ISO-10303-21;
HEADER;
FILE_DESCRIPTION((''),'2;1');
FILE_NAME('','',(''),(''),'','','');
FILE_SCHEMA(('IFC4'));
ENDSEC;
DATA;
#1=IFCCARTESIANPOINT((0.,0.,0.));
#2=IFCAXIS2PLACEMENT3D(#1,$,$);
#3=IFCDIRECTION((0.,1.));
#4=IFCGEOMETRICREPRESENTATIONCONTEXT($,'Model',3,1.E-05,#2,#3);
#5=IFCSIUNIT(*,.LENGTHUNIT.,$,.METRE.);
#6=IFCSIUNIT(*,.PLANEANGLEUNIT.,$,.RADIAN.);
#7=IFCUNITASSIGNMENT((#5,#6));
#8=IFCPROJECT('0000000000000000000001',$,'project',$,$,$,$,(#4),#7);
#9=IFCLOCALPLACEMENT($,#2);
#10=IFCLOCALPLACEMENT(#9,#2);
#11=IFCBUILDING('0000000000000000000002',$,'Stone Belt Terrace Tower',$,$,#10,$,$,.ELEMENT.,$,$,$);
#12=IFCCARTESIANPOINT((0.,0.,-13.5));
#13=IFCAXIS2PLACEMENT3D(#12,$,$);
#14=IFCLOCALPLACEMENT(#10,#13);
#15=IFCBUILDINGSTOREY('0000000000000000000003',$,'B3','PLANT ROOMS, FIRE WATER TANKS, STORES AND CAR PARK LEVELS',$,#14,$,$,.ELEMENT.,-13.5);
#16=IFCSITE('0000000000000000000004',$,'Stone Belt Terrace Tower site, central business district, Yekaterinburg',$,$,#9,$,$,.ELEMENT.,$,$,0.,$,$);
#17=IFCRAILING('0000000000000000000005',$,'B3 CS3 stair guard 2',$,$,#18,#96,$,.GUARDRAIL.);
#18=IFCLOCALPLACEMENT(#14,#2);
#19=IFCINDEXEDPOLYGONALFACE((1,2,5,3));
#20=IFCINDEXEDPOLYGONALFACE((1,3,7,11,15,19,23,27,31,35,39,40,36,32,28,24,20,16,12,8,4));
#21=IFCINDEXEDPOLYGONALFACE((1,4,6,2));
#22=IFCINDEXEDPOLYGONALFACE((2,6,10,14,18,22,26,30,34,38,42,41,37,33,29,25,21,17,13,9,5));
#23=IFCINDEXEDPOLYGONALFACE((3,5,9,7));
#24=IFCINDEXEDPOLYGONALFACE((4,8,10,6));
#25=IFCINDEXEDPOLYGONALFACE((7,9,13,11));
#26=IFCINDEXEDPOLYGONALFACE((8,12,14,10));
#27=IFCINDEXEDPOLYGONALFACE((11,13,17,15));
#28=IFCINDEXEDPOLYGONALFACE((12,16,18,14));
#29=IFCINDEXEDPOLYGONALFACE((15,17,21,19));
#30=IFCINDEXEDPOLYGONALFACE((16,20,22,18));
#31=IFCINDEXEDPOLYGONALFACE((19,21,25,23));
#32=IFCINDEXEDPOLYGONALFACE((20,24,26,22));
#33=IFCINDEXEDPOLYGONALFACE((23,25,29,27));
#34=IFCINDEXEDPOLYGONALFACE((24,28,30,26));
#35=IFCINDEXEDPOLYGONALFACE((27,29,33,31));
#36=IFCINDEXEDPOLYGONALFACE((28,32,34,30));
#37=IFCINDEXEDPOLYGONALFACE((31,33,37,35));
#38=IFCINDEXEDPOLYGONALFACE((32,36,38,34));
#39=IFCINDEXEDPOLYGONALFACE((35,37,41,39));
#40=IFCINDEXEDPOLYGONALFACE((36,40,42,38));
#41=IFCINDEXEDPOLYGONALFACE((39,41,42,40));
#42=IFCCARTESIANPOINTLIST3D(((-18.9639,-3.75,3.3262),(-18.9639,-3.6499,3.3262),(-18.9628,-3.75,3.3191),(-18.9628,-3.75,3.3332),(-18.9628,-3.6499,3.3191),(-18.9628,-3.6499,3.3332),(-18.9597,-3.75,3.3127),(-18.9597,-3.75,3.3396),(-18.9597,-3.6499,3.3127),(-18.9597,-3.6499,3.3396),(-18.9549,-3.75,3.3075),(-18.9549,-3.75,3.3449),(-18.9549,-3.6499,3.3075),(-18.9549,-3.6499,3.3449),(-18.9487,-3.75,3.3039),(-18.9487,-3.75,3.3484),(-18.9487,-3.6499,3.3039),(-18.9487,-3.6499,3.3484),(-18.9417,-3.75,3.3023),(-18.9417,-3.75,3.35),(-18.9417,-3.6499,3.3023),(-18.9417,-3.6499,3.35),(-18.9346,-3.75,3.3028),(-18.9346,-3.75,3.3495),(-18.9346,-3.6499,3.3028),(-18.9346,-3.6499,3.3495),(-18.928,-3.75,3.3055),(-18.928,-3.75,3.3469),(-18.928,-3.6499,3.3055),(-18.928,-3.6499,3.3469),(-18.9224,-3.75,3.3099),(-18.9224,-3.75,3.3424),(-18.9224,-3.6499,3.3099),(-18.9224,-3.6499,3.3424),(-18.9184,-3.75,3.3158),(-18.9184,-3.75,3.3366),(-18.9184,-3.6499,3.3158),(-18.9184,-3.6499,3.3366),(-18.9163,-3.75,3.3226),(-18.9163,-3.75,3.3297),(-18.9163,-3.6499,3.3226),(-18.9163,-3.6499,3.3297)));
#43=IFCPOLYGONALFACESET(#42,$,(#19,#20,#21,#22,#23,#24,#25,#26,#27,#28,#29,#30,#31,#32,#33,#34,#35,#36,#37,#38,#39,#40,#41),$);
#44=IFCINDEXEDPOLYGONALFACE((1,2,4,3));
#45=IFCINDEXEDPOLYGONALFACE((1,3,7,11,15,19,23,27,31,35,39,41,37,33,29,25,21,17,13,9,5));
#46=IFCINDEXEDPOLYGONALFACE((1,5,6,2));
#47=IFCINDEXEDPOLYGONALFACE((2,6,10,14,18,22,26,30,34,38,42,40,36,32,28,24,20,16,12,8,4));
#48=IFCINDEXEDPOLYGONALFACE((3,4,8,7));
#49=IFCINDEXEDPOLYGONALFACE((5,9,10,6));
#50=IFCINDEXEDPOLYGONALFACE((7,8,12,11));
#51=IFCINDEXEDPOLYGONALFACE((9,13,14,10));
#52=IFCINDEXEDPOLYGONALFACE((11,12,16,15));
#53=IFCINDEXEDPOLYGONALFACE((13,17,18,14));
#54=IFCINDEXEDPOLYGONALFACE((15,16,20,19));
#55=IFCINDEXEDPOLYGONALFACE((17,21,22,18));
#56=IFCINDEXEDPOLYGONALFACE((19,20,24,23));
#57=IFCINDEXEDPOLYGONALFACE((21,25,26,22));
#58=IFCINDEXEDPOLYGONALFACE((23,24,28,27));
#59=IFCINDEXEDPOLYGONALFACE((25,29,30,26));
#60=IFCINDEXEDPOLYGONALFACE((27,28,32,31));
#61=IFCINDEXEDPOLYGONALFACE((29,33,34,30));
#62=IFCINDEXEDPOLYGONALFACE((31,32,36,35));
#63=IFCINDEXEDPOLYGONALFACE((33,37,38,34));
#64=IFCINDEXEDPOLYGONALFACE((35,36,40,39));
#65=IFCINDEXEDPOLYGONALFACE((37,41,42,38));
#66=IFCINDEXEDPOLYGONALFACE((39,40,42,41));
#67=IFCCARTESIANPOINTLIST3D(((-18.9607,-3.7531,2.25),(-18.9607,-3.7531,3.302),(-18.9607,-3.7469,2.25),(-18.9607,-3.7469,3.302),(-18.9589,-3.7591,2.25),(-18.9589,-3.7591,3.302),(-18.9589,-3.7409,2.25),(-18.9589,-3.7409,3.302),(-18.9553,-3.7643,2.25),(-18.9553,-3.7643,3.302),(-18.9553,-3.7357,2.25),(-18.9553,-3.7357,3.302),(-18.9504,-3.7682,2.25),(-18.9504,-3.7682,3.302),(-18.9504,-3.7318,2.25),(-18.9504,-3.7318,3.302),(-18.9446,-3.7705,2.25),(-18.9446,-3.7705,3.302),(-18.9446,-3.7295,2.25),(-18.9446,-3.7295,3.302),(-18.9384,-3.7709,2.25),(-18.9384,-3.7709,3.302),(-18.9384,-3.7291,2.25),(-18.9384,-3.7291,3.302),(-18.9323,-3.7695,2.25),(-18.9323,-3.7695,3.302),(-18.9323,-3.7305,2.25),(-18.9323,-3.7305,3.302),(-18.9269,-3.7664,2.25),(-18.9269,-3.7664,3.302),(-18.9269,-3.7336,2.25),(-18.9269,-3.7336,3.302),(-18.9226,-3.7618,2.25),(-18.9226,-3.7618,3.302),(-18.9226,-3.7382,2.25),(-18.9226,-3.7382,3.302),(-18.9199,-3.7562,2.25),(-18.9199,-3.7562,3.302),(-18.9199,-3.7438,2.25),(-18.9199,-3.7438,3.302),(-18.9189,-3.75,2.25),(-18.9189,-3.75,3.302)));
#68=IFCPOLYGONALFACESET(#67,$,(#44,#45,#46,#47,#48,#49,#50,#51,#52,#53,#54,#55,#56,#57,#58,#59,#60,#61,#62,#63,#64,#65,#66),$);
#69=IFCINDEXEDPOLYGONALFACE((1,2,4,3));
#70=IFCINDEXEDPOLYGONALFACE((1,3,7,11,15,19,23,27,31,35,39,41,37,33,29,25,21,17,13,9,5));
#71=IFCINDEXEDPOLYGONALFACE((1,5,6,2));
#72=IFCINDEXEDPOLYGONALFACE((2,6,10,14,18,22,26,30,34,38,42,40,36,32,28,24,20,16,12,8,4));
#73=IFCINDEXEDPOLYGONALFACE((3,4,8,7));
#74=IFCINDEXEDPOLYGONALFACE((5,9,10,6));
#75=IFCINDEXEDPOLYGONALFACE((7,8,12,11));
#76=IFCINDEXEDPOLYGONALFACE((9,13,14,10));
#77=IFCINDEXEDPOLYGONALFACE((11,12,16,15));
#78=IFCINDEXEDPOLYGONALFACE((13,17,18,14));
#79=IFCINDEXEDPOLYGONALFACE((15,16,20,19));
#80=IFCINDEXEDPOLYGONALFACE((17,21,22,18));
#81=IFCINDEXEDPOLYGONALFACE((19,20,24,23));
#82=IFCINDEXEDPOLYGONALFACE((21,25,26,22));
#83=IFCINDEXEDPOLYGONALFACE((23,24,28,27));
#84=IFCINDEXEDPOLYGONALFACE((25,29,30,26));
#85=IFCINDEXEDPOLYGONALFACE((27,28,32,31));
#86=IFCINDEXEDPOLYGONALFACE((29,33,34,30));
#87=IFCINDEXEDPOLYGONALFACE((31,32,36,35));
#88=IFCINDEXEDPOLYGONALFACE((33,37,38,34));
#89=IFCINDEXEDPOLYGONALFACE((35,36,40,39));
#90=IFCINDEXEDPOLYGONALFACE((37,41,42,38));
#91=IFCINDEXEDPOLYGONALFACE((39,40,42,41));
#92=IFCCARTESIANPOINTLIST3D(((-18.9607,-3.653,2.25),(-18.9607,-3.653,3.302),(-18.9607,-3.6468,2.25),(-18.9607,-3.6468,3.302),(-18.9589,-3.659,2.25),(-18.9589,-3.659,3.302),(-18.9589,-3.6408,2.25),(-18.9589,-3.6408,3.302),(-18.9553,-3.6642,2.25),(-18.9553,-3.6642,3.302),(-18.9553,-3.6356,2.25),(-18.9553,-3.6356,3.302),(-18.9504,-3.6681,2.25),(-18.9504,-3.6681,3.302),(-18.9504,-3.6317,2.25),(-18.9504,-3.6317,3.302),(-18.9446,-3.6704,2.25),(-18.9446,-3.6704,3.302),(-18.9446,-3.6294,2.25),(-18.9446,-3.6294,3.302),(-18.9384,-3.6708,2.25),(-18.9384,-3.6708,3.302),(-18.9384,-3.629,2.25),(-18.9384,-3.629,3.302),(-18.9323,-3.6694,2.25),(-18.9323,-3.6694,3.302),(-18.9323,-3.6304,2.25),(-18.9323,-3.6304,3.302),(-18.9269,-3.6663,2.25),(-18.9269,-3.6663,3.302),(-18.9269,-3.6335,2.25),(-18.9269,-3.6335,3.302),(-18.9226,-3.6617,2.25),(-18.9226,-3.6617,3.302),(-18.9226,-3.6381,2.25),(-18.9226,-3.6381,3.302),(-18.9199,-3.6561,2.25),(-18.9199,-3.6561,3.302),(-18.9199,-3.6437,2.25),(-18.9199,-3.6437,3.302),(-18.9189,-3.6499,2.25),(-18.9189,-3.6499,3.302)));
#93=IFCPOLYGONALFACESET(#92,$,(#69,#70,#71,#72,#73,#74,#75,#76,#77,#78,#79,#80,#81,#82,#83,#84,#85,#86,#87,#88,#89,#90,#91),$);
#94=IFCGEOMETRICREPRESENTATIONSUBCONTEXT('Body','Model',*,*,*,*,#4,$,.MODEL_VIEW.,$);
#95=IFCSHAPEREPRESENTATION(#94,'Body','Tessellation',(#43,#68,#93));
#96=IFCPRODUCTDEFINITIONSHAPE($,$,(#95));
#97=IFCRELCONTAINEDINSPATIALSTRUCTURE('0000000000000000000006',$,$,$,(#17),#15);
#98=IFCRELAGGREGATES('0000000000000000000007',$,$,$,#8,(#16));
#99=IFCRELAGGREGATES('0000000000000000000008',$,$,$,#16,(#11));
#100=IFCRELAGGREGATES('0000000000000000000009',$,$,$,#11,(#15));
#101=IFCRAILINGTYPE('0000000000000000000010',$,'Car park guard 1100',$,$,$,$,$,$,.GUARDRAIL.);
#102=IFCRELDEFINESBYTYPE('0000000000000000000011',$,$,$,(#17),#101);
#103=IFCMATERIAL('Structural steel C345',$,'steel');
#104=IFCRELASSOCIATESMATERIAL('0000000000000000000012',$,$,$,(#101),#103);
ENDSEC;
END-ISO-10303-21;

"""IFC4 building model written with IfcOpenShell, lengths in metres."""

from ifc_helpers import new_model, si_unit, direction, frame, origin, origin_2d, place, context, subcontext, project, spatial, circle, extrude, material, type_object, element, save


model = new_model("IFC4")

# Units and contexts
model_context = context("Model", 3, precision=1e-05, world=origin(), true_north=direction((0.0, 1.0)))
body_context = subcontext(model_context, "Body", "Model", "MODEL_VIEW")
ifc_project = project(units=[si_unit("LENGTHUNIT", "METRE"), si_unit("PLANEANGLEUNIT", "RADIAN")], contexts=[model_context])

# Site, building, storey
site_placement = place(None, origin())
site = spatial("IfcSite", under=ifc_project, at=site_placement, Name="Stone Belt Terrace Tower site, central business district, Yekaterinburg", CompositionType="ELEMENT", RefElevation=0.0)
building_placement = place(site_placement, origin())
building = spatial("IfcBuilding", under=site, at=building_placement, Name="Stone Belt Terrace Tower", CompositionType="ELEMENT")
storey_placement = place(building_placement, frame((0.0, 0.0, -13.5)))
storey = spatial("IfcBuildingStorey", under=building, at=storey_placement, Name="B3", Description="PLANT ROOMS, FIRE WATER TANKS, STORES AND CAR PARK LEVELS", CompositionType="ELEMENT", Elevation=-13.5)

# Railing
ifc_material_1 = material(Name="Structural steel C345", Category="steel")
railing_type_1 = type_object("IfcRailingType", Name="Car park guard 1100", PredefinedType="GUARDRAIL", material=ifc_material_1)
railing_1_placement = place(storey_placement, frame((-18.9399, -3.75, 2.25)))
element("IfcRailing", 1, at=railing_1_placement, inside=storey, type_object=railing_type_1, Name="B3 CS3 stair guard 2", PredefinedType="GUARDRAIL", context=body_context, shape_type="SweptSolid", body=[
    extrude(circle(Radius=0.0239, at=origin_2d()), frame((0.0, 0.0, 1.0762), z_axis=(0.0, 1.0, 0.0), x_axis=(-1.0, 0.0, 0.0)), (0.0, 0.0, 1.0), 0.1001),
    extrude(circle(Radius=0.021, at=origin_2d()), origin(), (0.0, 0.0, 1.0), 1.052),
    extrude(circle(Radius=0.021, at=origin_2d()), frame((0.0, 0.1001, 0.0)), (0.0, 0.0, 1.0), 1.052),
])

save(model, "model.ifc")
